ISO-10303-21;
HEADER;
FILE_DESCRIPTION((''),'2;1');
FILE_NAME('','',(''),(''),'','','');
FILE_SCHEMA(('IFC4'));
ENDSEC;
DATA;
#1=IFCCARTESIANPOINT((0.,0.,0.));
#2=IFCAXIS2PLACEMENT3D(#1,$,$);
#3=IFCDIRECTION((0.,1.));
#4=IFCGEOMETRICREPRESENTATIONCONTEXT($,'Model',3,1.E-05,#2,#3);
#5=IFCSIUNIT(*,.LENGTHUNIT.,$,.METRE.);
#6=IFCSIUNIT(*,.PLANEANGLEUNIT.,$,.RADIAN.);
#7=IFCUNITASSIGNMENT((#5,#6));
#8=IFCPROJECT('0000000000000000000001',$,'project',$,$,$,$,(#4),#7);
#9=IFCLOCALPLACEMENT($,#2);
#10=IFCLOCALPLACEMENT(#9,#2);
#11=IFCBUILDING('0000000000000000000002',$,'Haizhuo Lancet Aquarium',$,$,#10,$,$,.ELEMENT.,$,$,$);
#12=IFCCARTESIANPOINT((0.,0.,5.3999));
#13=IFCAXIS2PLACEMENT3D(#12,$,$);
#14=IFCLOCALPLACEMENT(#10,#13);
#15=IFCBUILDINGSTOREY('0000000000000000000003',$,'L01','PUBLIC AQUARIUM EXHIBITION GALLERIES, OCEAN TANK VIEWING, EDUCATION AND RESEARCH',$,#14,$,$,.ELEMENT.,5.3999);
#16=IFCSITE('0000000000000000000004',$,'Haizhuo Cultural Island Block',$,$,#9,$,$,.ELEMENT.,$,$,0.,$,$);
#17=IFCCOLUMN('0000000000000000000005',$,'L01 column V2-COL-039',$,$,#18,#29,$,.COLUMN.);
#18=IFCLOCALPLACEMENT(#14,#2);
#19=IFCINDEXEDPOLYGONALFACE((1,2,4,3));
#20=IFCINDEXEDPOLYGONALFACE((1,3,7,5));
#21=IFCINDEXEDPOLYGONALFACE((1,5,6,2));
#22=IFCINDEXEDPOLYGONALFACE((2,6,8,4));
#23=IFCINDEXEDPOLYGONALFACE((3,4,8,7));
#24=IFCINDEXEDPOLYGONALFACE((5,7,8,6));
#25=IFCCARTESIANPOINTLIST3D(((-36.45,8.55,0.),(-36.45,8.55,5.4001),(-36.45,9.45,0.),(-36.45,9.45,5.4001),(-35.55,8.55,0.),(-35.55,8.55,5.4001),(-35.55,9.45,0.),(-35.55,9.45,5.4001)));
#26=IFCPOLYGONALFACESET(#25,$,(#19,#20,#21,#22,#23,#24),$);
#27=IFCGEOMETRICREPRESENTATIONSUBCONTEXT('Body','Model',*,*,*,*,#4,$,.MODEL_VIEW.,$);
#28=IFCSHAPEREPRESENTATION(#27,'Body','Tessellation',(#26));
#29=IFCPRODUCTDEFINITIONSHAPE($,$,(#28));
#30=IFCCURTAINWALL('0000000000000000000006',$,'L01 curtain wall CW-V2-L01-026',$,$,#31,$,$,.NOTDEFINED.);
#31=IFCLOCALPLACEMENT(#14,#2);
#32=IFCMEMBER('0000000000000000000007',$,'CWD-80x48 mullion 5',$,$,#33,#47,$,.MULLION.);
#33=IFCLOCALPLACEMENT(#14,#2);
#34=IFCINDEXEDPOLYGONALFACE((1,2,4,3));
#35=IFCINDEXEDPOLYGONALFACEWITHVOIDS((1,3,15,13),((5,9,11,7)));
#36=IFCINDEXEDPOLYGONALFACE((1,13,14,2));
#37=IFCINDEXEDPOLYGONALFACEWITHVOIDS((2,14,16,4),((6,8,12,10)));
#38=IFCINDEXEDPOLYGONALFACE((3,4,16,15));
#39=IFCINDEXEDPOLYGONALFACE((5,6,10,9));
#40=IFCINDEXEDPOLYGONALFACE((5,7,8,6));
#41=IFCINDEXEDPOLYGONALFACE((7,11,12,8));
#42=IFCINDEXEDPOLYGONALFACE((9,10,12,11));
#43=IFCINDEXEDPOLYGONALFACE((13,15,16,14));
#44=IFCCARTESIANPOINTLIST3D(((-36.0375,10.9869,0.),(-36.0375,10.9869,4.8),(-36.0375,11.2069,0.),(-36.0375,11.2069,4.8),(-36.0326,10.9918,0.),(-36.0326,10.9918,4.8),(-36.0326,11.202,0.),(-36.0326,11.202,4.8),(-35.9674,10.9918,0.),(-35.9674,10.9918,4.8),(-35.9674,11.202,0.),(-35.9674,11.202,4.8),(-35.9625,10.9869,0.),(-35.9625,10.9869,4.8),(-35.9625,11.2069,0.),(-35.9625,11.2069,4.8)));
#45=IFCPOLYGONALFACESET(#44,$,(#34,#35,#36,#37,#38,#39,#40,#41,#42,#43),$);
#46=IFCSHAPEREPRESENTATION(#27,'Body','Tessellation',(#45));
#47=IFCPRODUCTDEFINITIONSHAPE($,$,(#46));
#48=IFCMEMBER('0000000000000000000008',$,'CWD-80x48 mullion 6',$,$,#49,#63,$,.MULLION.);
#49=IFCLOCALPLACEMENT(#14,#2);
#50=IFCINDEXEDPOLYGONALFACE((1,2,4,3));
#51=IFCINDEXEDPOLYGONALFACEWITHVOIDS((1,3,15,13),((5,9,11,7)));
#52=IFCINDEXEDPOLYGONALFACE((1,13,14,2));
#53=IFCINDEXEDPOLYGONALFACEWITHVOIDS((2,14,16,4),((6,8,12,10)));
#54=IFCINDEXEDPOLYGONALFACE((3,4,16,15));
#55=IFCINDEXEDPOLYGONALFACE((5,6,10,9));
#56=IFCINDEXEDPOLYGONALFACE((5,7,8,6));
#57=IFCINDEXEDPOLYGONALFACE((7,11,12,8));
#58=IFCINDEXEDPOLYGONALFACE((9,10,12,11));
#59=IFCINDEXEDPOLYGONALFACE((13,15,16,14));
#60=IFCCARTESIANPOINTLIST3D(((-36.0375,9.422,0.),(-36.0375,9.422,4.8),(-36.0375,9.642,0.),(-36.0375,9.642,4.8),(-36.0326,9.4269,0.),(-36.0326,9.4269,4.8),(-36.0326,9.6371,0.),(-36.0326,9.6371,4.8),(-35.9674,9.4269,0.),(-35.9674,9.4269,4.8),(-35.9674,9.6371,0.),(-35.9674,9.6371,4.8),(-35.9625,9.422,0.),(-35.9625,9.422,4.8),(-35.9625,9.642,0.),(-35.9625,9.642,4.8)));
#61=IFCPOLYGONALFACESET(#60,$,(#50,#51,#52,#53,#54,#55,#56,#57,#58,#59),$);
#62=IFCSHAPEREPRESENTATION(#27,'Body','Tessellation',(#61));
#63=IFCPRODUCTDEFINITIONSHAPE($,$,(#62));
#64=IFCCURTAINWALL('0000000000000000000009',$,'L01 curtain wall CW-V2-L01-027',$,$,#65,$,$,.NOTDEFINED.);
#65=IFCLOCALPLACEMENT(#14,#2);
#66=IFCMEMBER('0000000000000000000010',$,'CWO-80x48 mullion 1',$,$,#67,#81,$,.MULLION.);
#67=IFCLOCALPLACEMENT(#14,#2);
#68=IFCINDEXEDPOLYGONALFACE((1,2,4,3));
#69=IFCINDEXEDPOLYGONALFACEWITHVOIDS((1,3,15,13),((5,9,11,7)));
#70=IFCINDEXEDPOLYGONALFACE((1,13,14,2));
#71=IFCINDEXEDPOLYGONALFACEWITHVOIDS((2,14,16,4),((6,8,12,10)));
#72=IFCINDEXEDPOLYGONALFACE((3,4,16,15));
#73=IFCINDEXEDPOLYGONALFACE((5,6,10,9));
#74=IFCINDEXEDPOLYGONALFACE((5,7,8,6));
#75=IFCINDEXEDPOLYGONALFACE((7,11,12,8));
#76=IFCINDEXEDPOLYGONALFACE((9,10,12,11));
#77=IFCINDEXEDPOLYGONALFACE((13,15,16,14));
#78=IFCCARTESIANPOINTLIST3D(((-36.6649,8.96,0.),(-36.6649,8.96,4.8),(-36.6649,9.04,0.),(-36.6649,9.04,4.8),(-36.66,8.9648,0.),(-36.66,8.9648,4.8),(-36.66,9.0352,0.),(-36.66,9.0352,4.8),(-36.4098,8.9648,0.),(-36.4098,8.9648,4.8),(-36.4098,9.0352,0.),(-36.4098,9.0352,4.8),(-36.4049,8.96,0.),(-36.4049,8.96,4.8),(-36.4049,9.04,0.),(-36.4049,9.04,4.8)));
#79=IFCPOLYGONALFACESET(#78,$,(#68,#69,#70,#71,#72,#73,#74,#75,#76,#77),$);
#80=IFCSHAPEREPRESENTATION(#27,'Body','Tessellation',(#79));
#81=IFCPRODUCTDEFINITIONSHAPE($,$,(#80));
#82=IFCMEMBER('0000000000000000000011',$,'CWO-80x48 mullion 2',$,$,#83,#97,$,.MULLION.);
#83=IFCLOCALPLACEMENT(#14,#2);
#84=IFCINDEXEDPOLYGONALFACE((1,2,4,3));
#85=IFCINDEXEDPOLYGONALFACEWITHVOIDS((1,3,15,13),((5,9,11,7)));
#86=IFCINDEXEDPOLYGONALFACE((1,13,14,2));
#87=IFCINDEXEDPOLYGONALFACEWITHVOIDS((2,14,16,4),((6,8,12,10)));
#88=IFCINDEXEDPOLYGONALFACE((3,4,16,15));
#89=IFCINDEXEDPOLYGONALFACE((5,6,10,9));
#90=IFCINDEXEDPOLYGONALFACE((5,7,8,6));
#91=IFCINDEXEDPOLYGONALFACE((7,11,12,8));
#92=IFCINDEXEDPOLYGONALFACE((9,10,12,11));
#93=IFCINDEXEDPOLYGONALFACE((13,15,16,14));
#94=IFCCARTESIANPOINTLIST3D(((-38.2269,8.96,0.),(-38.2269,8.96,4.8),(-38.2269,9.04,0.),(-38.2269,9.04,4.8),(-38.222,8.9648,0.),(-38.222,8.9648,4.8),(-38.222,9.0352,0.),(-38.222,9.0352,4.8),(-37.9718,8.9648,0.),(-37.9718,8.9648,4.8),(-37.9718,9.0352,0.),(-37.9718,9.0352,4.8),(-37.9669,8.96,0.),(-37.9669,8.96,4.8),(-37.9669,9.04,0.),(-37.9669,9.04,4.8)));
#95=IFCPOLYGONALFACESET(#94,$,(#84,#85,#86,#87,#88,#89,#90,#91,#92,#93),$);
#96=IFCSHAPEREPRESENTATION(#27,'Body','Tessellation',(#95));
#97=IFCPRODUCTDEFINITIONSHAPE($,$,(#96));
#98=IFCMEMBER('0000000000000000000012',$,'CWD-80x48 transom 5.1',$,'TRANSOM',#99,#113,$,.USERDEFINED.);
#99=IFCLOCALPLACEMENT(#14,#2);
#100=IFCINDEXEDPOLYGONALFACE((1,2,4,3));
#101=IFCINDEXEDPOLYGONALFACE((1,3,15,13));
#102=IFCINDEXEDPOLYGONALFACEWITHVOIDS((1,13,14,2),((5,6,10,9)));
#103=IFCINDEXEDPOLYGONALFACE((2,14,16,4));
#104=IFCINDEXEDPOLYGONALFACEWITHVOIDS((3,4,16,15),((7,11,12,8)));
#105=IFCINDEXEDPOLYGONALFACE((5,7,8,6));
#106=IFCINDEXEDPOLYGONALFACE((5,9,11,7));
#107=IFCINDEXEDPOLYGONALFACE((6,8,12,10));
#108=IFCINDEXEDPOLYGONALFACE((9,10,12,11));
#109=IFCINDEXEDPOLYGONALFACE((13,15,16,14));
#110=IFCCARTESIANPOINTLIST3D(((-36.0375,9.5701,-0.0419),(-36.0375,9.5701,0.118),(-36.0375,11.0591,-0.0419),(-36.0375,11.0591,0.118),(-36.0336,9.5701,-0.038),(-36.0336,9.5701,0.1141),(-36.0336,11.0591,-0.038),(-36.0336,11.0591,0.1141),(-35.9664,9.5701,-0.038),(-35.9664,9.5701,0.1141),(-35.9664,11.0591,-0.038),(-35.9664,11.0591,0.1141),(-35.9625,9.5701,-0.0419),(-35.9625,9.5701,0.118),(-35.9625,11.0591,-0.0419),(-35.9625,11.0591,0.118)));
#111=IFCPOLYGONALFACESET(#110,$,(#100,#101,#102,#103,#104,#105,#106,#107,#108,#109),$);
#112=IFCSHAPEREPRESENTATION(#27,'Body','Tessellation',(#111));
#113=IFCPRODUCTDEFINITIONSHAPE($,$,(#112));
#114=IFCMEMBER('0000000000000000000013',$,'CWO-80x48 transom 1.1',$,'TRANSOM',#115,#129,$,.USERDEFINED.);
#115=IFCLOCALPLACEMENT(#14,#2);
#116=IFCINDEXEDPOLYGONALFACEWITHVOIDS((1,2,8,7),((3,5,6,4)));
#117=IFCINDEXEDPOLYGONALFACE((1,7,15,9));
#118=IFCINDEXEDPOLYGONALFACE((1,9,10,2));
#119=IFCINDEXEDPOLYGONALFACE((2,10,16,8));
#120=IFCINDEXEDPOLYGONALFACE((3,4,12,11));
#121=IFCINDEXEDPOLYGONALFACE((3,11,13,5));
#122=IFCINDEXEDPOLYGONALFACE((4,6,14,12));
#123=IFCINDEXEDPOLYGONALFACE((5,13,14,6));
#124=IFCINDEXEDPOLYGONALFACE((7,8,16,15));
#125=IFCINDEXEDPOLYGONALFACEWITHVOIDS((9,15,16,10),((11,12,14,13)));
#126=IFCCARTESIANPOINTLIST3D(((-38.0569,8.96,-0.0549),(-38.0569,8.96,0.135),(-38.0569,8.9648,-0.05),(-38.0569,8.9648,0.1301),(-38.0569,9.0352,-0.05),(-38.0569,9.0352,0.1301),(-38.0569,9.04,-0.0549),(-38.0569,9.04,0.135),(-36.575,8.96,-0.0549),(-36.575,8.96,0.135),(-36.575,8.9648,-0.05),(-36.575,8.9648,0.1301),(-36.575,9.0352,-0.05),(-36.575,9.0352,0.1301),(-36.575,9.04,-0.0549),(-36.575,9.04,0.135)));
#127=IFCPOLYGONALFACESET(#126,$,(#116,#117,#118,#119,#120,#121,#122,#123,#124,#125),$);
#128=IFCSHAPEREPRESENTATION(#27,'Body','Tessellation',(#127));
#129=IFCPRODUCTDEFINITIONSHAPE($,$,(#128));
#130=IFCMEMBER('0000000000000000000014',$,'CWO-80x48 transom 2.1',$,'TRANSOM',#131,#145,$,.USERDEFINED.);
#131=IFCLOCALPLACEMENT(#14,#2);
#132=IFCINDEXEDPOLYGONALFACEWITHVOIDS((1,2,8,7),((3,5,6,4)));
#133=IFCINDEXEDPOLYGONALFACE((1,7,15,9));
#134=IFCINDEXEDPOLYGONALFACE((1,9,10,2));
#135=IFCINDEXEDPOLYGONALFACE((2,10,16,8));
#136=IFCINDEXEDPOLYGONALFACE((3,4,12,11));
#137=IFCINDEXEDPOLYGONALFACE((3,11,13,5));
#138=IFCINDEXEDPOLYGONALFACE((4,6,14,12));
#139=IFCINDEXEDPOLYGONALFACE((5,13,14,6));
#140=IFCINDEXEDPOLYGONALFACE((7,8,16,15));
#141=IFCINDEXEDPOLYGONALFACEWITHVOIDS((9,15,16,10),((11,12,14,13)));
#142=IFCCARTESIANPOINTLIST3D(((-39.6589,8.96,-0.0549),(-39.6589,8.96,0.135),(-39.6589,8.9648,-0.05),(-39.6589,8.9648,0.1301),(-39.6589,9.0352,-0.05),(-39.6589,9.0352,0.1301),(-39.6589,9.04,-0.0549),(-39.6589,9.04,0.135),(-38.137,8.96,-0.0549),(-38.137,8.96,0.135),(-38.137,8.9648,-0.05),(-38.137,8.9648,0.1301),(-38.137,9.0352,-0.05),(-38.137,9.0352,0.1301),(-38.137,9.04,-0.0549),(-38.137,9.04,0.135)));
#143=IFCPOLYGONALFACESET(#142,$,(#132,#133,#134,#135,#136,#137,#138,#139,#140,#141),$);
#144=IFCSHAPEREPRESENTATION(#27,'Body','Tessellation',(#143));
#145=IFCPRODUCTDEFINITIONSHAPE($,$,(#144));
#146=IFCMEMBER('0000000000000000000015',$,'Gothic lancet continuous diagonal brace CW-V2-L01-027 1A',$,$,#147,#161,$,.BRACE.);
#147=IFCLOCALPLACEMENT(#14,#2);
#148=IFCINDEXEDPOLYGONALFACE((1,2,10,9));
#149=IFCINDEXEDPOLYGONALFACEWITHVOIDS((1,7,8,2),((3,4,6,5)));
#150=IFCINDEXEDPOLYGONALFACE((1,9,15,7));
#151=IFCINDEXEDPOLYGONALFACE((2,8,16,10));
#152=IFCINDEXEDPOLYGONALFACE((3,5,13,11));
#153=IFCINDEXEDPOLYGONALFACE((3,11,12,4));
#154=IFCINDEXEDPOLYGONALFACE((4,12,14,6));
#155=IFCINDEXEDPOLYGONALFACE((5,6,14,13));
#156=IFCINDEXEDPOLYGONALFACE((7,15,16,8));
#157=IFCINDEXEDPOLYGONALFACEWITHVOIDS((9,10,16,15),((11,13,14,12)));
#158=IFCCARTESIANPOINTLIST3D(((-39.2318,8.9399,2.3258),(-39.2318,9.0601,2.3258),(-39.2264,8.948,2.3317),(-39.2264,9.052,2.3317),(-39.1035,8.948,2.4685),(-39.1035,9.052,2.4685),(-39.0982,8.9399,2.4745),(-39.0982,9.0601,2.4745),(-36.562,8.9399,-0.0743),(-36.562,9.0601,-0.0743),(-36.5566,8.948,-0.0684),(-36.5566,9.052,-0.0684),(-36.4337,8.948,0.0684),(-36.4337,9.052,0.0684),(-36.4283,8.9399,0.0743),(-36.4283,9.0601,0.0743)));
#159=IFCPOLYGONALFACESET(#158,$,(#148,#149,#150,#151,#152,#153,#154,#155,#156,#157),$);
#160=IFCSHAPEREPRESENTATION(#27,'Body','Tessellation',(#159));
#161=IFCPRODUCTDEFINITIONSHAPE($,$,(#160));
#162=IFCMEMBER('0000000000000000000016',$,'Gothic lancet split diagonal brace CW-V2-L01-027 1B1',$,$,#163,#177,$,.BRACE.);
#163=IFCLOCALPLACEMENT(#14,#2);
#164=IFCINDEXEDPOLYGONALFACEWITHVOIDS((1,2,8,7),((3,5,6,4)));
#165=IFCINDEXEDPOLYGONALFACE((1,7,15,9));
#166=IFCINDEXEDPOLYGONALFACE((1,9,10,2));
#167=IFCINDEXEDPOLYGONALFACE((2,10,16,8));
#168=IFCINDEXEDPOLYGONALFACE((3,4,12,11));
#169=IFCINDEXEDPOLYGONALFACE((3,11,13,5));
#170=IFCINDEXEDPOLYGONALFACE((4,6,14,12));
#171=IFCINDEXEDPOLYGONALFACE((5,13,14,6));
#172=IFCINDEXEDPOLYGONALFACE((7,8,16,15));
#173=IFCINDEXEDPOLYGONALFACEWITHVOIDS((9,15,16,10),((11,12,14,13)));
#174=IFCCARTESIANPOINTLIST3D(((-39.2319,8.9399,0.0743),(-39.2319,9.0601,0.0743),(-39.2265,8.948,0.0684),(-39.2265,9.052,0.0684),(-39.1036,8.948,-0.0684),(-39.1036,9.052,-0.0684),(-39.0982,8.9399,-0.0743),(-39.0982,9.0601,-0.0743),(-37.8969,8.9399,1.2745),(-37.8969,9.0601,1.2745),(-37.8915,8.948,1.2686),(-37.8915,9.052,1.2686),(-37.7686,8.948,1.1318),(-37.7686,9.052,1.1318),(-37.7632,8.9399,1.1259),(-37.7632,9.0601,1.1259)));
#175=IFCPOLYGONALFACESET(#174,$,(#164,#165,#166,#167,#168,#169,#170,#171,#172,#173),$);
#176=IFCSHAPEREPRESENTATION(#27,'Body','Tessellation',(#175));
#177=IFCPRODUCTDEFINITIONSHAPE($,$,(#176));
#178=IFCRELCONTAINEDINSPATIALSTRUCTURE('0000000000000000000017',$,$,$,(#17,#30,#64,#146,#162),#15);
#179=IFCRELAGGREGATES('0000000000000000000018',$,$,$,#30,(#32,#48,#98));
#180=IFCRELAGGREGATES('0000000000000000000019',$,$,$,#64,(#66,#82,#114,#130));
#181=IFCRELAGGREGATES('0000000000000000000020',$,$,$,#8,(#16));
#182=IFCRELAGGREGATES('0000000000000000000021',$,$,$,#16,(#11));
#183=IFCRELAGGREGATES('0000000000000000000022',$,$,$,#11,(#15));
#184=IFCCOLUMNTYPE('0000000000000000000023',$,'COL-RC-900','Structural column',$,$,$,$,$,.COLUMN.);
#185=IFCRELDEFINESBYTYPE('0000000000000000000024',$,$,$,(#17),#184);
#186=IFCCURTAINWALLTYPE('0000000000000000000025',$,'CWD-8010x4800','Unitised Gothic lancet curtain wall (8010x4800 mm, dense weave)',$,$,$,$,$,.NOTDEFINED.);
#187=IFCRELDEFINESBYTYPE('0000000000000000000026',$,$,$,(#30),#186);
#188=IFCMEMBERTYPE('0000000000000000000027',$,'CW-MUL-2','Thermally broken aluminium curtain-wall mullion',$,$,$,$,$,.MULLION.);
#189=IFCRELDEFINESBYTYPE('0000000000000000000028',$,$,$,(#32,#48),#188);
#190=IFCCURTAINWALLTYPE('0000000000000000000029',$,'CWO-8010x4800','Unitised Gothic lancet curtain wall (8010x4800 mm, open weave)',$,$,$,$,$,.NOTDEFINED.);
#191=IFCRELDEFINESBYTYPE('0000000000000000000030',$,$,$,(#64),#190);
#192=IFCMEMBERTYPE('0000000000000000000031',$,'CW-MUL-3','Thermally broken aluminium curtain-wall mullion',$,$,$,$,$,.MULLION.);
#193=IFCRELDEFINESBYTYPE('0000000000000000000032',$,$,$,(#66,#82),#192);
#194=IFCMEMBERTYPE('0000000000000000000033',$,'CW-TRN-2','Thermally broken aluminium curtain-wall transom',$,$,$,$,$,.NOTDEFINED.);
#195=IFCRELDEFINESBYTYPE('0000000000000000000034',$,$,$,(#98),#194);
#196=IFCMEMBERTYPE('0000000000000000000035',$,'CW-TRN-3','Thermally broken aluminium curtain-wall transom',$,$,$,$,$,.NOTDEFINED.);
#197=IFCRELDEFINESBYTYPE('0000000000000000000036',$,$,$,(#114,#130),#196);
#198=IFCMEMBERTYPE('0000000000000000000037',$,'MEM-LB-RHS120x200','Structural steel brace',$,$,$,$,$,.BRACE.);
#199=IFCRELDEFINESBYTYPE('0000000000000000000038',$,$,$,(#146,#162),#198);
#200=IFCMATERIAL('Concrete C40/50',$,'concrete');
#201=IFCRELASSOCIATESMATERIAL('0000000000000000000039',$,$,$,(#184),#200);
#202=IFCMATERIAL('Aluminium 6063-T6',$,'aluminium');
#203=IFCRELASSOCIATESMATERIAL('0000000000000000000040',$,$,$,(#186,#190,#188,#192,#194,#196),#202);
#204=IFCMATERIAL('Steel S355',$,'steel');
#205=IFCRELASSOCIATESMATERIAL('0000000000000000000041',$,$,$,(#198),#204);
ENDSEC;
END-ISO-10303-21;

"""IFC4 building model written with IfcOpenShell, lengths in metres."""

from ifc_helpers import new_model, si_unit, direction, frame, origin, origin_2d, place, context, subcontext, project, spatial, rectangle, hollow_rectangle, extrude, material, material_profile, profile_set, type_object, element, aggregate, save


model = new_model("IFC4")

# Units and contexts
model_context = context("Model", 3, precision=1e-05, world=origin(), true_north=direction((0.0, 1.0)))
body_context = subcontext(model_context, "Body", "Model", "MODEL_VIEW")
ifc_project = project(units=[si_unit("LENGTHUNIT", "METRE"), si_unit("PLANEANGLEUNIT", "RADIAN")], contexts=[model_context])

# Site, building, storey
site_placement = place(None, origin())
site = spatial("IfcSite", under=ifc_project, at=site_placement, Name="Haizhuo Cultural Island Block", CompositionType="ELEMENT", RefElevation=0.0)
building_placement = place(site_placement, origin())
building = spatial("IfcBuilding", under=site, at=building_placement, Name="Haizhuo Lancet Aquarium", CompositionType="ELEMENT")
storey_placement = place(building_placement, frame((0.0, 0.0, 5.3999)))
storey = spatial("IfcBuildingStorey", under=building, at=storey_placement, Name="L01", Description="PUBLIC AQUARIUM EXHIBITION GALLERIES, OCEAN TANK VIEWING, EDUCATION AND RESEARCH", CompositionType="ELEMENT", Elevation=5.3999)

# Column
ifc_material_1 = material(Name="Concrete C40/50", Category="concrete")
ifc_material_profile_1 = material_profile(ifc_material_1, rectangle(XDim=0.8999, YDim=0.8999, at=origin_2d()), Name="RC-COL 900x900")
ifc_profile_set_1 = profile_set([ifc_material_profile_1], Name="Concrete C40/50")
column_type = type_object("IfcColumnType", Name="COL-RC-900", Description="Structural column", PredefinedType="COLUMN", material=ifc_profile_set_1)
column_placement = place(storey_placement, frame((-36.0, 9.0, 0.0), z_axis=(0.0, 0.0, 1.0), x_axis=(1.0, 0.0, 0.0)))
element("IfcColumn", 1, at=column_placement, inside=storey, type_object=column_type, Name="L01 column V2-COL-039", PredefinedType="COLUMN", context=body_context, shape_type="SweptSolid", body=[
    extrude(rectangle(XDim=0.8999, YDim=0.8999, at=origin_2d()), origin(), (0.0, 0.0, 1.0), 5.4001),
])

# Curtain walls, members
ifc_material_2 = material(Name="Aluminium 6063-T6", Category="aluminium")
curtain_wall_type_1 = type_object("IfcCurtainWallType", Name="CWD-8010x4800", Description="Unitised Gothic lancet curtain wall (8010x4800 mm, dense weave)", PredefinedType="NOTDEFINED", material=ifc_material_2)
curtain_wall_1_placement = place(storey_placement, origin())
curtain_wall_1 = element("IfcCurtainWall", 2, at=curtain_wall_1_placement, inside=storey, type_object=curtain_wall_type_1, Name="L01 curtain wall CW-V2-L01-026", PredefinedType="NOTDEFINED")
ifc_material_profile_2 = material_profile(ifc_material_2, hollow_rectangle(XDim=0.075, YDim=0.22, WallThickness=0.0049, at=origin_2d()), Name="ALU-M 75x220x5")
ifc_profile_set_2 = profile_set([ifc_material_profile_2], Name="Aluminium 6063-T6")
member_type_1 = type_object("IfcMemberType", Name="CW-MUL-2", Description="Thermally broken aluminium curtain-wall mullion", PredefinedType="MULLION", material=ifc_profile_set_2)
member_1_placement = place(storey_placement, frame((-36.0, 11.0969, 0.0), z_axis=(0.0, 0.0, 1.0), x_axis=(1.0, 0.0, 0.0)))
member_1 = element("IfcMember", 3, at=member_1_placement, type_object=member_type_1, Name="CWD-80x48 mullion 5", PredefinedType="MULLION", context=body_context, shape_type="SweptSolid", body=[
    extrude(hollow_rectangle(XDim=0.075, YDim=0.22, WallThickness=0.0049, at=origin_2d()), origin(), (0.0, 0.0, 1.0), 4.8),
])
member_2_placement = place(storey_placement, frame((-36.0, 9.532, 0.0), z_axis=(0.0, 0.0, 1.0), x_axis=(1.0, 0.0, 0.0)))
member_2 = element("IfcMember", 4, at=member_2_placement, type_object=member_type_1, Name="CWD-80x48 mullion 6", PredefinedType="MULLION", context=body_context, shape_type="SweptSolid", body=[
    extrude(hollow_rectangle(XDim=0.075, YDim=0.22, WallThickness=0.0049, at=origin_2d()), origin(), (0.0, 0.0, 1.0), 4.8),
])
curtain_wall_type_2 = type_object("IfcCurtainWallType", Name="CWO-8010x4800", Description="Unitised Gothic lancet curtain wall (8010x4800 mm, open weave)", PredefinedType="NOTDEFINED", material=ifc_material_2)
curtain_wall_2_placement = place(storey_placement, origin())
curtain_wall_2 = element("IfcCurtainWall", 5, at=curtain_wall_2_placement, inside=storey, type_object=curtain_wall_type_2, Name="L01 curtain wall CW-V2-L01-027", PredefinedType="NOTDEFINED")
ifc_material_profile_3 = material_profile(ifc_material_2, hollow_rectangle(XDim=0.0801, YDim=0.26, WallThickness=0.0049, at=origin_2d()), Name="ALU-M 80x260x5")
ifc_profile_set_3 = profile_set([ifc_material_profile_3], Name="Aluminium 6063-T6")
member_type_2 = type_object("IfcMemberType", Name="CW-MUL-3", Description="Thermally broken aluminium curtain-wall mullion", PredefinedType="MULLION", material=ifc_profile_set_3)
member_3_placement = place(storey_placement, frame((-36.5349, 9.0, 0.0), z_axis=(0.0, 0.0, 1.0), x_axis=(0.0, -1.0, 0.0)))
member_3 = element("IfcMember", 6, at=member_3_placement, type_object=member_type_2, Name="CWO-80x48 mullion 1", PredefinedType="MULLION", context=body_context, shape_type="SweptSolid", body=[
    extrude(hollow_rectangle(XDim=0.0801, YDim=0.26, WallThickness=0.0049, at=origin_2d()), origin(), (0.0, 0.0, 1.0), 4.8),
])
member_4_placement = place(storey_placement, frame((-38.0969, 9.0, 0.0), z_axis=(0.0, 0.0, 1.0), x_axis=(0.0, -1.0, 0.0)))
member_4 = element("IfcMember", 7, at=member_4_placement, type_object=member_type_2, Name="CWO-80x48 mullion 2", PredefinedType="MULLION", context=body_context, shape_type="SweptSolid", body=[
    extrude(hollow_rectangle(XDim=0.0801, YDim=0.26, WallThickness=0.0049, at=origin_2d()), origin(), (0.0, 0.0, 1.0), 4.8),
])

# Members
ifc_material_profile_4 = material_profile(ifc_material_2, hollow_rectangle(XDim=0.075, YDim=0.1599, WallThickness=0.0039, at=origin_2d()), Name="ALU-T 75x160x4")
ifc_profile_set_4 = profile_set([ifc_material_profile_4], Name="Aluminium 6063-T6")
member_type_3 = type_object("IfcMemberType", Name="CW-TRN-2", Description="Thermally broken aluminium curtain-wall transom", PredefinedType="NOTDEFINED", material=ifc_profile_set_4)
member_5_placement = place(storey_placement, frame((-36.0, 11.0591, 0.0381), z_axis=(0.0, -1.0, 0.0), x_axis=(1.0, 0.0, 0.0)))
member_5 = element("IfcMember", 8, at=member_5_placement, type_object=member_type_3, Name="CWD-80x48 transom 5.1", ObjectType="TRANSOM", PredefinedType="USERDEFINED", context=body_context, shape_type="SweptSolid", body=[
    extrude(hollow_rectangle(XDim=0.075, YDim=0.1599, WallThickness=0.0039, at=origin_2d()), origin(), (0.0, 0.0, 1.0), 1.489),
])
ifc_material_profile_5 = material_profile(ifc_material_2, hollow_rectangle(XDim=0.0801, YDim=0.1899, WallThickness=0.0049, at=origin_2d()), Name="ALU-T 80x190x5")
ifc_profile_set_5 = profile_set([ifc_material_profile_5], Name="Aluminium 6063-T6")
member_type_4 = type_object("IfcMemberType", Name="CW-TRN-3", Description="Thermally broken aluminium curtain-wall transom", PredefinedType="NOTDEFINED", material=ifc_profile_set_5)
member_6_placement = place(storey_placement, frame((-36.575, 9.0, 0.04), z_axis=(-1.0, 0.0, 0.0), x_axis=(0.0, -1.0, 0.0)))
member_6 = element("IfcMember", 9, at=member_6_placement, type_object=member_type_4, Name="CWO-80x48 transom 1.1", ObjectType="TRANSOM", PredefinedType="USERDEFINED", context=body_context, shape_type="SweptSolid", body=[
    extrude(hollow_rectangle(XDim=0.0801, YDim=0.1899, WallThickness=0.0049, at=origin_2d()), origin(), (0.0, 0.0, 1.0), 1.4819),
])
member_7_placement = place(storey_placement, frame((-38.137, 9.0, 0.04), z_axis=(-1.0, 0.0, 0.0), x_axis=(0.0, -1.0, 0.0)))
member_7 = element("IfcMember", 10, at=member_7_placement, type_object=member_type_4, Name="CWO-80x48 transom 2.1", ObjectType="TRANSOM", PredefinedType="USERDEFINED", context=body_context, shape_type="SweptSolid", body=[
    extrude(hollow_rectangle(XDim=0.0801, YDim=0.1899, WallThickness=0.0049, at=origin_2d()), origin(), (0.0, 0.0, 1.0), 1.522),
])

# Members
ifc_material_3 = material(Name="Steel S355", Category="steel")
ifc_material_profile_6 = material_profile(ifc_material_3, hollow_rectangle(XDim=0.1201, YDim=0.2, WallThickness=0.0081, at=origin_2d()), Name="RHS 120x200x8")
ifc_profile_set_6 = profile_set([ifc_material_profile_6], Name="Steel S355")
member_type_5 = type_object("IfcMemberType", Name="MEM-LB-RHS120x200", Description="Structural steel brace", PredefinedType="BRACE", material=ifc_profile_set_6)
member_8_placement = place(storey_placement, frame((-36.4951, 9.0, 0.0), z_axis=(-0.743679, 0.0, 0.668536), x_axis=(0.0, -1.0, 0.0)))
element("IfcMember", 11, at=member_8_placement, inside=storey, type_object=member_type_5, Name="Gothic lancet continuous diagonal brace CW-V2-L01-027 1A", PredefinedType="BRACE", context=body_context, shape_type="SweptSolid", body=[
    extrude(hollow_rectangle(XDim=0.1201, YDim=0.2, WallThickness=0.0081, at=origin_2d()), origin(), (0.0, 0.0, 1.0), 3.5901),
])
member_9_placement = place(storey_placement, frame((-39.165, 9.0, 0.0), z_axis=(0.743646, 0.0, 0.668574), x_axis=(0.0, 1.0, 0.0)))
element("IfcMember", 12, at=member_9_placement, inside=storey, type_object=member_type_5, Name="Gothic lancet split diagonal brace CW-V2-L01-027 1B1", PredefinedType="BRACE", context=body_context, shape_type="SweptSolid", body=[
    extrude(hollow_rectangle(XDim=0.1201, YDim=0.2, WallThickness=0.0081, at=origin_2d()), origin(), (0.0, 0.0, 1.0), 1.7952),
])

aggregate(curtain_wall_1, [member_1, member_2, member_5])
aggregate(curtain_wall_2, [member_3, member_4, member_6, member_7])

save(model, "model.ifc")
